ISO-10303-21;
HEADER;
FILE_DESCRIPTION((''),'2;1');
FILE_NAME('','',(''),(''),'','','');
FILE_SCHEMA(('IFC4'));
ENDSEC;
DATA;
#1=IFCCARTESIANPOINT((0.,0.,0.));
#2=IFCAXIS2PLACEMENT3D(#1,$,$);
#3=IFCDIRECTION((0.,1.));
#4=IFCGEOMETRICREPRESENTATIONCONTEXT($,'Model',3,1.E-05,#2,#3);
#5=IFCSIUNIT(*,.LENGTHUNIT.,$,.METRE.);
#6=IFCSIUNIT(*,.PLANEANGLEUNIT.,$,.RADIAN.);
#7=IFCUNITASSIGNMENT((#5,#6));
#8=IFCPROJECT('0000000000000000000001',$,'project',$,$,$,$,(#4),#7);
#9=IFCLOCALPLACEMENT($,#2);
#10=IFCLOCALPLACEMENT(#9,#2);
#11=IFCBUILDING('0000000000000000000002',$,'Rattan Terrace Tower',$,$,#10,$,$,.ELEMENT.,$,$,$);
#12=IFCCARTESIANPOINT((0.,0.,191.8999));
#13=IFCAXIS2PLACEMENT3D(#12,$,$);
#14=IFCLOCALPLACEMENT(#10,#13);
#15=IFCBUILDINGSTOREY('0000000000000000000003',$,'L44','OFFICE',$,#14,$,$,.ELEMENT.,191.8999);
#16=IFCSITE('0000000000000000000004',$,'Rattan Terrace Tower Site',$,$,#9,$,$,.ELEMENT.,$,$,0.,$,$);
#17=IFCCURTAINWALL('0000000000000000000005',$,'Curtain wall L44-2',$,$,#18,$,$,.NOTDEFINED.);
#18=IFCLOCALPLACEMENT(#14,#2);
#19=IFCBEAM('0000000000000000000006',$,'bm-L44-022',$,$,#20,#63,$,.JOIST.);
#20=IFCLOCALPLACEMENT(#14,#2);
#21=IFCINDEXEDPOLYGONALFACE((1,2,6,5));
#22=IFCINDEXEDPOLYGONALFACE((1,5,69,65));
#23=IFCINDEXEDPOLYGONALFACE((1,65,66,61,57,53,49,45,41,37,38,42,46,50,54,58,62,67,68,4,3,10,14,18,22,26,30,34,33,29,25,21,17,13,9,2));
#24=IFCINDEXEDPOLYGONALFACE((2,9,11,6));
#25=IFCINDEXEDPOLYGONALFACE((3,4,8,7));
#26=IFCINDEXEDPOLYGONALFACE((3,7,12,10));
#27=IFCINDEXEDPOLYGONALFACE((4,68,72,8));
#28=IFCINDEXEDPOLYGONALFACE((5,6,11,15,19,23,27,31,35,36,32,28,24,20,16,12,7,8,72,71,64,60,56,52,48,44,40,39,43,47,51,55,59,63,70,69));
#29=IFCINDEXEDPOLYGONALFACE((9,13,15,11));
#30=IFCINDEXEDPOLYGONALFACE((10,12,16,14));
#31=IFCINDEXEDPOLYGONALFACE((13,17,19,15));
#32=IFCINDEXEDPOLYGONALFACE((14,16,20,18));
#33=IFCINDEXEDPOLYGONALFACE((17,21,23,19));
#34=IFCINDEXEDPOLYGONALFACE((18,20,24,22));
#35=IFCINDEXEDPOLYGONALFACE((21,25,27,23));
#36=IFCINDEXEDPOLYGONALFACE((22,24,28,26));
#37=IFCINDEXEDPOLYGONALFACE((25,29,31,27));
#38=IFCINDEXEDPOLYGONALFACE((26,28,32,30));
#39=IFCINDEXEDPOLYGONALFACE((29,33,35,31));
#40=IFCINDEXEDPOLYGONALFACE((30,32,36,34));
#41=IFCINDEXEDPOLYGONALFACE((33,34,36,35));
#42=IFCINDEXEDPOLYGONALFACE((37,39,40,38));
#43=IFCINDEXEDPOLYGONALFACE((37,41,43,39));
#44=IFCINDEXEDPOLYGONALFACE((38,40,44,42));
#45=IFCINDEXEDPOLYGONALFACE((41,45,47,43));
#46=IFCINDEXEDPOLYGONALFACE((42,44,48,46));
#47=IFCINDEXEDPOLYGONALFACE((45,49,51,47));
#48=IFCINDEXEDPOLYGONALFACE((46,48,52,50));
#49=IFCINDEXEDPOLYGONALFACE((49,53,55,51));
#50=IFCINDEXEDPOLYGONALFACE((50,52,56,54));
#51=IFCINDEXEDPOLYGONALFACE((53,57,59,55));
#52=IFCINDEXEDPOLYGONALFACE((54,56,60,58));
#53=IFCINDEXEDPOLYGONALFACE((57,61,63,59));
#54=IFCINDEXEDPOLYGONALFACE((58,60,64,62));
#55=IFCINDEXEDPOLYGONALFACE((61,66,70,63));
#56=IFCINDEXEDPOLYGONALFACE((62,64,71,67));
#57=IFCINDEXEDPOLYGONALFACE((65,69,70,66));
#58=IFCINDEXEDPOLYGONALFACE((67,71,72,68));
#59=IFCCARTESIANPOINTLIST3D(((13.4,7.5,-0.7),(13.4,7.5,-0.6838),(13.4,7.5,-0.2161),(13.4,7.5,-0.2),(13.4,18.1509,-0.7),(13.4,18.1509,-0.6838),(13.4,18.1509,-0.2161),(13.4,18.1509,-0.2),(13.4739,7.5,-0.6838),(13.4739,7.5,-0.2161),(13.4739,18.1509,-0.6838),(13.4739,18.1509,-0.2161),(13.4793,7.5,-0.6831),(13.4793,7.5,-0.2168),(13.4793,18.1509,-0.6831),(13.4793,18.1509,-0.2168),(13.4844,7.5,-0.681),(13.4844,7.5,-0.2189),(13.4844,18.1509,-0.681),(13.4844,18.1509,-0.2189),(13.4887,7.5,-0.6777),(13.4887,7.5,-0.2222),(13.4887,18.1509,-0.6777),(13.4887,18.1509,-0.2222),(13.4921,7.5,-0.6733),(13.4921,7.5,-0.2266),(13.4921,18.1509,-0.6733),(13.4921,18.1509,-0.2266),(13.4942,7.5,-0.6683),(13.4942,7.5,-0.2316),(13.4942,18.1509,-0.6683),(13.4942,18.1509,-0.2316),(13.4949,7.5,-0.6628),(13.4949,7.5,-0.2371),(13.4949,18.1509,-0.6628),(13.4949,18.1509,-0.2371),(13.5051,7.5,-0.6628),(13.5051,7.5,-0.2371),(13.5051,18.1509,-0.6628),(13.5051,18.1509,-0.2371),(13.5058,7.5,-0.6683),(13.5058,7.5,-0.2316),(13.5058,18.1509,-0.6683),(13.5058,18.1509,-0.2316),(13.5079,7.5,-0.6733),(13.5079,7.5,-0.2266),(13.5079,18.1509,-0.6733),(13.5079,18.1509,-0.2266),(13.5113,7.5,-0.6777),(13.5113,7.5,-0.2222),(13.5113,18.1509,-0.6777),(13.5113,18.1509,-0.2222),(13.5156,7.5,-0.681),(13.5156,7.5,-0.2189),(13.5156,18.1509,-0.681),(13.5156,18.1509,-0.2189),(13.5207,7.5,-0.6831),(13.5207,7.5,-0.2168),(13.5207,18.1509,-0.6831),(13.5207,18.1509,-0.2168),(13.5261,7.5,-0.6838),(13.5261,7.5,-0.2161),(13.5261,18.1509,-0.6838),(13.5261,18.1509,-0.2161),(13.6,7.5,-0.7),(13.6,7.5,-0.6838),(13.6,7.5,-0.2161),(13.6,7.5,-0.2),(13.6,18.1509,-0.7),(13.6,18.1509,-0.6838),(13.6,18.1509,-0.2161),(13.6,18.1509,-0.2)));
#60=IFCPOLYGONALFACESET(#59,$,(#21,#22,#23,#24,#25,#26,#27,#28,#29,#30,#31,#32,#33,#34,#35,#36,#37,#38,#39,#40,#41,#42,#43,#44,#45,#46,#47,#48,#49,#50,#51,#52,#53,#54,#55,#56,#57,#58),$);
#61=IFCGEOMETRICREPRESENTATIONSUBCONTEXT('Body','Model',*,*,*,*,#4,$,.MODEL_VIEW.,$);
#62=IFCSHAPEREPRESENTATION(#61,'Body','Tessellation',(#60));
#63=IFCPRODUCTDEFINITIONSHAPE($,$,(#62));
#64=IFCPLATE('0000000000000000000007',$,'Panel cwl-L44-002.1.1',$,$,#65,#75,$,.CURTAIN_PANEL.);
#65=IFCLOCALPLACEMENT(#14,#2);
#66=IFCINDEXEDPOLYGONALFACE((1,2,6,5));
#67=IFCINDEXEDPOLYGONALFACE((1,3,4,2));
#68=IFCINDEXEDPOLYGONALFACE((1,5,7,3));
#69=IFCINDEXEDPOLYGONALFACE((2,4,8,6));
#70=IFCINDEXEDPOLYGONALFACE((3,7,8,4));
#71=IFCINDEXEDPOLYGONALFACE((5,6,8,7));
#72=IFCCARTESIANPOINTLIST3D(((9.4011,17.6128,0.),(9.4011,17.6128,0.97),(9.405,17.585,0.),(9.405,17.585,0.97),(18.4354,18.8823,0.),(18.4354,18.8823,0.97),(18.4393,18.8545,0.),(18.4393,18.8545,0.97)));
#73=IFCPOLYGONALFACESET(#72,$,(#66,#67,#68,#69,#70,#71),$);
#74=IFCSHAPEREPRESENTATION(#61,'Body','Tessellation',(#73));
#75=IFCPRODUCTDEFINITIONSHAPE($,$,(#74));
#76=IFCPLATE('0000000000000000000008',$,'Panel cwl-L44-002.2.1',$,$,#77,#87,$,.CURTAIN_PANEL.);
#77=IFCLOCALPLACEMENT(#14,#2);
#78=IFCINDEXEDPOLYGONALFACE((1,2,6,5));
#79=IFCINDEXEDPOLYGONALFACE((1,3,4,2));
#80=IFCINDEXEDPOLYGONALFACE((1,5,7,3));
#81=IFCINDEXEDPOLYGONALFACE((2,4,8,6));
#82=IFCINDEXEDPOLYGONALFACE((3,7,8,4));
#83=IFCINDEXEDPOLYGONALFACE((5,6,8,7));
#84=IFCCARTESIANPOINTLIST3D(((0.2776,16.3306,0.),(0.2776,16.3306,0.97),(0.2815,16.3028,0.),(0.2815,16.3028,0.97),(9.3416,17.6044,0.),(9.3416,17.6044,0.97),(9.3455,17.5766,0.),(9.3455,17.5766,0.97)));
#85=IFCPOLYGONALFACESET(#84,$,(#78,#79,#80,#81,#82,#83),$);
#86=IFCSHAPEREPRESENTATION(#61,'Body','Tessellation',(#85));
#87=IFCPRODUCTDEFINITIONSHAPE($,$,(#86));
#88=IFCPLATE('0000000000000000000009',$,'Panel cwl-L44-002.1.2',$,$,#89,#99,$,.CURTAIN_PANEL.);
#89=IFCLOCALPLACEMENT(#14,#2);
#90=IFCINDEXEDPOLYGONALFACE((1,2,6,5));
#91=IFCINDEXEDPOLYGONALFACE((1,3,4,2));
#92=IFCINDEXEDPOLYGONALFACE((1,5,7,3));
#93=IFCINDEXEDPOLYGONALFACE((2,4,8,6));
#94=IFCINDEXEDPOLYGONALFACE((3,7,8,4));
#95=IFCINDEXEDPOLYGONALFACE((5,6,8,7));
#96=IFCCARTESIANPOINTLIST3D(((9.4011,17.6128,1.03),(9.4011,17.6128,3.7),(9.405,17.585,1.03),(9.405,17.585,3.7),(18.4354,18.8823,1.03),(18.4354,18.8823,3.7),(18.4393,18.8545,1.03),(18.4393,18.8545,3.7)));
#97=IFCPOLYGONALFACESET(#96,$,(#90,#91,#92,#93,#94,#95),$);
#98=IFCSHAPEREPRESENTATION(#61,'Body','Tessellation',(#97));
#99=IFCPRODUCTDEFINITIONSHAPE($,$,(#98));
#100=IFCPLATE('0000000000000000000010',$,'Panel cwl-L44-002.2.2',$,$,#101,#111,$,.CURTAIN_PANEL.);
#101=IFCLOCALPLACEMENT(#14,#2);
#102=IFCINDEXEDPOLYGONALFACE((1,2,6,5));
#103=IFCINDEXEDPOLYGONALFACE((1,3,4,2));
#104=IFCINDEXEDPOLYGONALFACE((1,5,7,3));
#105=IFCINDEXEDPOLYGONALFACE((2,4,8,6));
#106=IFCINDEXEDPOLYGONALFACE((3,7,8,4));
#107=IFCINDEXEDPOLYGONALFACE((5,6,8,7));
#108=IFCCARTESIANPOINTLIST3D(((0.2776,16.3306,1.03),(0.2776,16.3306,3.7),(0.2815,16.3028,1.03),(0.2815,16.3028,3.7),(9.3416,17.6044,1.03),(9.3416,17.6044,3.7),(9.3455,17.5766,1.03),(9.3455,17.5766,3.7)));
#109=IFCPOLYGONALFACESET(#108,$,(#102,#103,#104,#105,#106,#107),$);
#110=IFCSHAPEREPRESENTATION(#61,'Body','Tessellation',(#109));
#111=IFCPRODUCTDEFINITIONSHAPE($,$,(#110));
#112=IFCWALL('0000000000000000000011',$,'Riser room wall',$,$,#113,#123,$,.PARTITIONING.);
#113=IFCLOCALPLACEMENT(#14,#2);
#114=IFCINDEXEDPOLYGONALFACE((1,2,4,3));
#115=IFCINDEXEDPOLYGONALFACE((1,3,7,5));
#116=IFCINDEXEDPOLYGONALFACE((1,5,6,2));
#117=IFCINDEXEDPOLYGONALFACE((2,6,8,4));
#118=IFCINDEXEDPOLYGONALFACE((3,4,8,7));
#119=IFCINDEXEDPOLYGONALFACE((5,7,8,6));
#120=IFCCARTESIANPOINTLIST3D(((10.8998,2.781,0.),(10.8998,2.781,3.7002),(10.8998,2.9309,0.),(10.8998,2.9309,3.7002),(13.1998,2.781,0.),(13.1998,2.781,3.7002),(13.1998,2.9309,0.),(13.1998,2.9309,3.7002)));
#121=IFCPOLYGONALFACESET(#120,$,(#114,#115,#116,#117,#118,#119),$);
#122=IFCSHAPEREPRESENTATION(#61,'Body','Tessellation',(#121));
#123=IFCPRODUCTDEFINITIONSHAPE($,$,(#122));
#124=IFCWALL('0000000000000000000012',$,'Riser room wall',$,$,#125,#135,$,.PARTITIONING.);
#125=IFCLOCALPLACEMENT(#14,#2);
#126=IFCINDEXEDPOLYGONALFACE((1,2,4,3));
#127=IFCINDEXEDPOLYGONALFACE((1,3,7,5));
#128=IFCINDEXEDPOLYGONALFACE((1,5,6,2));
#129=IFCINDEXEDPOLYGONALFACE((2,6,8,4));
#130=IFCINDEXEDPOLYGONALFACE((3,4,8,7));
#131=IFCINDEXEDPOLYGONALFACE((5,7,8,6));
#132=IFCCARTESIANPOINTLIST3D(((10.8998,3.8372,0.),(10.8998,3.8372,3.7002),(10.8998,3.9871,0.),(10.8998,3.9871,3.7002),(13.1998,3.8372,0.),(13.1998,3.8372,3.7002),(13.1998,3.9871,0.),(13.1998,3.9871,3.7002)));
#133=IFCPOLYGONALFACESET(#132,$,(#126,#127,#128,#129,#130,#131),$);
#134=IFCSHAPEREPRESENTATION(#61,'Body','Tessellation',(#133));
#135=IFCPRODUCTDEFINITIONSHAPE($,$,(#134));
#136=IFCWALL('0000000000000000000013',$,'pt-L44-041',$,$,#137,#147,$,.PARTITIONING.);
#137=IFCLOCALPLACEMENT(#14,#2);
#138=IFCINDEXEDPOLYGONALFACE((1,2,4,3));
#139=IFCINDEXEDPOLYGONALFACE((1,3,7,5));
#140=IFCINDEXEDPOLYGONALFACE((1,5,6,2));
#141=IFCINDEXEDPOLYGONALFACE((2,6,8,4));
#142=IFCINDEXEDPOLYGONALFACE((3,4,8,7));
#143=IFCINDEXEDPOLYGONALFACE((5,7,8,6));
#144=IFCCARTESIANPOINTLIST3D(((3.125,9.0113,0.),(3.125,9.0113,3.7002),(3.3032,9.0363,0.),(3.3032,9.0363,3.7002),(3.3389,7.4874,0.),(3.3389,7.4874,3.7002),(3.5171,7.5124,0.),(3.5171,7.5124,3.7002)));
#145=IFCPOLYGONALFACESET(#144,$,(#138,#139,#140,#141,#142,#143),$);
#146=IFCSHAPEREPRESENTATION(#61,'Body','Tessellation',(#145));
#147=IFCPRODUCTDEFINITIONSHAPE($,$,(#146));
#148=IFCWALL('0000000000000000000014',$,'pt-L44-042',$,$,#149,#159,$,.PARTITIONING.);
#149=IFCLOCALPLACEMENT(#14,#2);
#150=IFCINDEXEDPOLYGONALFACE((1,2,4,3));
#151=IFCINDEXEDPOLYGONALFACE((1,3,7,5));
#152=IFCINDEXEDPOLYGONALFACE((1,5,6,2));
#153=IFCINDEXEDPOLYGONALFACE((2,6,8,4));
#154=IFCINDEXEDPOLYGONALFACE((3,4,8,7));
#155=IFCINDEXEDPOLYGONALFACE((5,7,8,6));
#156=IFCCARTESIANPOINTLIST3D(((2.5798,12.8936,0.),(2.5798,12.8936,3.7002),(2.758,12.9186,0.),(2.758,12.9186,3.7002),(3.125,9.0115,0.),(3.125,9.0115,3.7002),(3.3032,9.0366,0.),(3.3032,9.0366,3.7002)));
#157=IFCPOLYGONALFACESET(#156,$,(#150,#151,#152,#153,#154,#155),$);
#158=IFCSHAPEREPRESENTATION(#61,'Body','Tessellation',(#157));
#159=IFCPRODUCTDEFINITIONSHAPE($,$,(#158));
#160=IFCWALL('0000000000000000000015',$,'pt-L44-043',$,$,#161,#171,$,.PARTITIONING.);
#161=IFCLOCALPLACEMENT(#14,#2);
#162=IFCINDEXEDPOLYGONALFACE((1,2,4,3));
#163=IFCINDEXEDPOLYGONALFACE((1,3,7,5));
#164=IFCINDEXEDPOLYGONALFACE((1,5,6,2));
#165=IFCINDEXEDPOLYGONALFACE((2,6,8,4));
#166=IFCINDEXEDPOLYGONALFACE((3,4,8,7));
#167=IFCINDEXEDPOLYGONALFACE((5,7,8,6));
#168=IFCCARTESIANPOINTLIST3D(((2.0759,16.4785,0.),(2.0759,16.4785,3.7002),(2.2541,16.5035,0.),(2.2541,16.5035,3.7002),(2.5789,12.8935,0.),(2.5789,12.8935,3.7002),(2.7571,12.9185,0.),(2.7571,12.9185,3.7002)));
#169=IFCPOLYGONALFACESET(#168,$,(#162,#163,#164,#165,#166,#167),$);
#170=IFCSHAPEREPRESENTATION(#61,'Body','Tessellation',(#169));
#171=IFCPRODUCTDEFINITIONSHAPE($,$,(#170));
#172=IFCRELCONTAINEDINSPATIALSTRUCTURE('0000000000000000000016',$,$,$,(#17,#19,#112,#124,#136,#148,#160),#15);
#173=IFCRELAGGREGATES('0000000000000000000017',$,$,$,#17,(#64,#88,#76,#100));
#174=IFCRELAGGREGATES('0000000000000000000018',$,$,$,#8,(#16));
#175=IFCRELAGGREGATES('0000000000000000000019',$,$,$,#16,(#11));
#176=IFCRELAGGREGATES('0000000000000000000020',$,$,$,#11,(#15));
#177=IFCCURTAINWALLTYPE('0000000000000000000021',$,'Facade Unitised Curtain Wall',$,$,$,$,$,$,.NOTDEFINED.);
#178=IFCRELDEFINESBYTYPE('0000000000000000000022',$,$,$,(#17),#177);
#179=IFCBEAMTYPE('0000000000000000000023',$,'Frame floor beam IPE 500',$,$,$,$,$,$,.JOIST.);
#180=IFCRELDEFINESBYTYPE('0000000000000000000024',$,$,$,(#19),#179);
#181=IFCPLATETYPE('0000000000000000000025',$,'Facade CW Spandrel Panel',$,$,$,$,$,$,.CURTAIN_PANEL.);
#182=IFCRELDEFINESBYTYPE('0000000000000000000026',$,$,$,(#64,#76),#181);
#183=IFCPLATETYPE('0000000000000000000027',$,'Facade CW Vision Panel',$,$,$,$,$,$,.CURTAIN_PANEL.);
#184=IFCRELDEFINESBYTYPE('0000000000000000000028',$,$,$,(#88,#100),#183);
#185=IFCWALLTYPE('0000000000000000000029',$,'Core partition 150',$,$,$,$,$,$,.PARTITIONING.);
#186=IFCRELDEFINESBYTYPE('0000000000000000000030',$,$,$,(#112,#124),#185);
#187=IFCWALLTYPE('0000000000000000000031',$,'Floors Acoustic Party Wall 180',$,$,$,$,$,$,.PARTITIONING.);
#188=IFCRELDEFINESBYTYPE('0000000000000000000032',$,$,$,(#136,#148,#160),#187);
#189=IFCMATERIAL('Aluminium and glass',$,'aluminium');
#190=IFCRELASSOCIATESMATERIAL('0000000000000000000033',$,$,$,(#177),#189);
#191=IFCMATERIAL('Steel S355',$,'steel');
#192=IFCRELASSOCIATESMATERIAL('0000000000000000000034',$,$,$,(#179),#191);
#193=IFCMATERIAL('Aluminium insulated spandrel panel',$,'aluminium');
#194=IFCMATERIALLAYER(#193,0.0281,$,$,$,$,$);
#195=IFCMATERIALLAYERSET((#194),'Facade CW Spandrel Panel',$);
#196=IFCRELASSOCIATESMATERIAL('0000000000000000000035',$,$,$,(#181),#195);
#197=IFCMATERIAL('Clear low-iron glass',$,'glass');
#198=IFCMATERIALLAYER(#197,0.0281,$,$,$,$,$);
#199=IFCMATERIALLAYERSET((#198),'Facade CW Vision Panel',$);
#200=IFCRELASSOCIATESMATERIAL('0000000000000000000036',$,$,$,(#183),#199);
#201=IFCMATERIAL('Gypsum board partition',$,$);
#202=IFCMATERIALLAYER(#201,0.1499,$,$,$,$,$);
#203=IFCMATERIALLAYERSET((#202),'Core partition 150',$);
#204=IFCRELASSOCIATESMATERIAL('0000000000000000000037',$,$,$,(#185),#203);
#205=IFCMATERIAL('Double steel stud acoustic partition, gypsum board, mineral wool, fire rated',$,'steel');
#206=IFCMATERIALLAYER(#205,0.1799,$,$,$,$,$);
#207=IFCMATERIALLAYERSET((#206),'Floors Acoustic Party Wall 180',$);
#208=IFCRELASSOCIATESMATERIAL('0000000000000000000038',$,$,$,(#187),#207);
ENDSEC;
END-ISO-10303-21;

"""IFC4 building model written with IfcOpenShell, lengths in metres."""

from ifc_helpers import new_model, si_unit, direction, frame, frame_2d, origin, origin_2d, place, context, subcontext, project, spatial, rectangle, i_section, extrude, material, layer, layer_set, material_profile, profile_set, type_object, element, aggregate, save


model = new_model("IFC4")

# Units and contexts
model_context = context("Model", 3, precision=1e-05, world=origin(), true_north=direction((0.0, 1.0)))
body_context = subcontext(model_context, "Body", "Model", "MODEL_VIEW")
ifc_project = project(units=[si_unit("LENGTHUNIT", "METRE"), si_unit("PLANEANGLEUNIT", "RADIAN")], contexts=[model_context])

# Site, building, storey
site_placement = place(None, origin())
site = spatial("IfcSite", under=ifc_project, at=site_placement, Name="Rattan Terrace Tower Site", CompositionType="ELEMENT", RefElevation=0.0)
building_placement = place(site_placement, origin())
building = spatial("IfcBuilding", under=site, at=building_placement, Name="Rattan Terrace Tower", CompositionType="ELEMENT")
storey_placement = place(building_placement, frame((0.0, 0.0, 191.8999)))
storey = spatial("IfcBuildingStorey", under=building, at=storey_placement, Name="L44", Description="OFFICE", CompositionType="ELEMENT", Elevation=191.8999)

# Curtain wall
ifc_material_1 = material(Name="Aluminium and glass", Category="aluminium")
curtain_wall_type = type_object("IfcCurtainWallType", Name="Facade Unitised Curtain Wall", PredefinedType="NOTDEFINED", material=ifc_material_1)
curtain_wall_placement = place(storey_placement, origin())
curtain_wall = element("IfcCurtainWall", 1, at=curtain_wall_placement, inside=storey, type_object=curtain_wall_type, Name="Curtain wall L44-2", PredefinedType="NOTDEFINED")

# Beam
ifc_material_2 = material(Name="Steel S355", Category="steel")
ifc_material_profile_1 = material_profile(ifc_material_2, i_section(OverallWidth=0.2, OverallDepth=0.5, WebThickness=0.0103, FlangeThickness=0.0161, FilletRadius=0.021, at=origin_2d()), Name="IPE 500")
ifc_profile_set_1 = profile_set([ifc_material_profile_1], Name="Steel S355")
beam_type_1 = type_object("IfcBeamType", Name="Frame floor beam IPE 500", PredefinedType="JOIST", material=ifc_profile_set_1)
beam_1_placement = place(storey_placement, frame((13.5, 7.5, -0.45), z_axis=(0.0, 1.0, 0.0), x_axis=(-1.0, 0.0, 0.0)))
element("IfcBeam", 2, at=beam_1_placement, inside=storey, type_object=beam_type_1, Name="bm-L44-022", PredefinedType="JOIST", context=body_context, shape_type="SweptSolid", body=[
    extrude(i_section(OverallWidth=0.2, OverallDepth=0.5, WebThickness=0.0103, FlangeThickness=0.0161, FilletRadius=0.021, at=origin_2d()), origin(), (0.0, 0.0, 1.0), 10.6509),
])

# Plates
ifc_material_3 = material(Name="Aluminium insulated spandrel panel", Category="aluminium")
ifc_layer_1 = layer(ifc_material_3, 0.0281)
ifc_layer_set_1 = layer_set([ifc_layer_1], Name="Facade CW Spandrel Panel")
plate_type_1 = type_object("IfcPlateType", Name="Facade CW Spandrel Panel", PredefinedType="CURTAIN_PANEL", material=ifc_layer_set_1)
plate_1_placement = place(storey_placement, frame((13.9202, 18.2336, 0.0), z_axis=(0.0, 0.0, 1.0), x_axis=(-0.99027, -0.139161, 0.0)))
plate_1 = element("IfcPlate", 3, at=plate_1_placement, type_object=plate_type_1, Name="Panel cwl-L44-002.1.1", PredefinedType="CURTAIN_PANEL", context=body_context, shape_type="SweptSolid", body=[
    extrude(rectangle(XDim=9.123, YDim=0.0281, at=origin_2d()), origin(), (0.0, 0.0, 1.0), 0.97),
])
plate_2_placement = place(storey_placement, frame((4.8115, 16.9536, 0.0), z_axis=(0.0, 0.0, 1.0), x_axis=(-0.99027, -0.139161, 0.0)))
plate_2 = element("IfcPlate", 4, at=plate_2_placement, type_object=plate_type_1, Name="Panel cwl-L44-002.2.1", PredefinedType="CURTAIN_PANEL", context=body_context, shape_type="SweptSolid", body=[
    extrude(rectangle(XDim=9.1531, YDim=0.0281, at=origin_2d()), origin(), (0.0, 0.0, 1.0), 0.97),
])
ifc_material_4 = material(Name="Clear low-iron glass", Category="glass")
ifc_layer_2 = layer(ifc_material_4, 0.0281)
ifc_layer_set_2 = layer_set([ifc_layer_2], Name="Facade CW Vision Panel")
plate_type_2 = type_object("IfcPlateType", Name="Facade CW Vision Panel", PredefinedType="CURTAIN_PANEL", material=ifc_layer_set_2)
plate_3_placement = place(storey_placement, frame((13.9202, 18.2336, 1.03), z_axis=(0.0, 0.0, 1.0), x_axis=(-0.99027, -0.139161, 0.0)))
plate_3 = element("IfcPlate", 5, at=plate_3_placement, type_object=plate_type_2, Name="Panel cwl-L44-002.1.2", PredefinedType="CURTAIN_PANEL", context=body_context, shape_type="SweptSolid", body=[
    extrude(rectangle(XDim=9.123, YDim=0.0281, at=origin_2d()), origin(), (0.0, 0.0, 1.0), 2.6699),
])
plate_4_placement = place(storey_placement, frame((4.8115, 16.9536, 1.03), z_axis=(0.0, 0.0, 1.0), x_axis=(-0.99027, -0.139161, 0.0)))
plate_4 = element("IfcPlate", 6, at=plate_4_placement, type_object=plate_type_2, Name="Panel cwl-L44-002.2.2", PredefinedType="CURTAIN_PANEL", context=body_context, shape_type="SweptSolid", body=[
    extrude(rectangle(XDim=9.1531, YDim=0.0281, at=origin_2d()), origin(), (0.0, 0.0, 1.0), 2.6699),
])
aggregate(curtain_wall, [plate_1, plate_3, plate_2, plate_4])

# Walls
ifc_material_5 = material(Name="Gypsum board partition")
ifc_layer_3 = layer(ifc_material_5, 0.1499)
ifc_layer_set_3 = layer_set([ifc_layer_3], Name="Core partition 150")
wall_type_1 = type_object("IfcWallType", Name="Core partition 150", PredefinedType="PARTITIONING", material=ifc_layer_set_3)
for number, where, z_axis, x_axis, name in (
    (7, (10.8999, 2.856, 0.0), (0.0, 0.0, 1.0), (1.0, 0.0, 0.0), "Riser room wall"),
    (8, (10.8999, 3.9121, 0.0), (0.0, 0.0, 1.0), (1.0, 0.0, 0.0), "Riser room wall"),
):
    element("IfcWall", number, at=place(storey_placement, frame(where, z_axis=z_axis, x_axis=x_axis)), inside=storey, type_object=wall_type_1, Name=name, PredefinedType="PARTITIONING", context=body_context, shape_type="SweptSolid", body=[
        extrude(rectangle(XDim=2.3, YDim=0.1499, at=frame_2d((1.1499, 0.0))), origin(), (0.0, 0.0, 1.0), 3.7002),
    ])
ifc_material_6 = material(Name="Double steel stud acoustic partition, gypsum board, mineral wool, fire rated", Category="steel")
ifc_layer_4 = layer(ifc_material_6, 0.1799)
ifc_layer_set_4 = layer_set([ifc_layer_4], Name="Floors Acoustic Party Wall 180")
wall_type_2 = type_object("IfcWallType", Name="Floors Acoustic Party Wall 180", PredefinedType="PARTITIONING", material=ifc_layer_set_4)
wall_1_placement = place(storey_placement, frame((3.2141, 9.0239, 0.0), z_axis=(0.0, 0.0, 1.0), x_axis=(0.138978, -0.990296, 0.0)))
element("IfcWall", 9, at=wall_1_placement, inside=storey, type_object=wall_type_2, Name="pt-L44-041", PredefinedType="PARTITIONING", context=body_context, shape_type="SweptSolid", body=[
    extrude(rectangle(XDim=1.5388, YDim=0.1799, at=frame_2d((0.7695, 0.0))), origin(), (0.0, 0.0, 1.0), 3.7002),
])
wall_2_placement = place(storey_placement, frame((2.6689, 12.906, 0.0), z_axis=(0.0, 0.0, 1.0), x_axis=(0.139067, -0.990283, 0.0)))
element("IfcWall", 10, at=wall_2_placement, inside=storey, type_object=wall_type_2, Name="pt-L44-042", PredefinedType="PARTITIONING", context=body_context, shape_type="SweptSolid", body=[
    extrude(rectangle(XDim=3.9202, YDim=0.1799, at=frame_2d((1.96, 0.0))), origin(), (0.0, 0.0, 1.0), 3.7002),
])
wall_3_placement = place(storey_placement, frame((2.165, 16.491, 0.0), z_axis=(0.0, 0.0, 1.0), x_axis=(0.138928, -0.990302, 0.0)))
element("IfcWall", 11, at=wall_3_placement, inside=storey, type_object=wall_type_2, Name="pt-L44-043", PredefinedType="PARTITIONING", context=body_context, shape_type="SweptSolid", body=[
    extrude(rectangle(XDim=3.6201, YDim=0.1799, at=frame_2d((1.8101, 0.0))), origin(), (0.0, 0.0, 1.0), 3.7002),
])

save(model, "model.ifc")
